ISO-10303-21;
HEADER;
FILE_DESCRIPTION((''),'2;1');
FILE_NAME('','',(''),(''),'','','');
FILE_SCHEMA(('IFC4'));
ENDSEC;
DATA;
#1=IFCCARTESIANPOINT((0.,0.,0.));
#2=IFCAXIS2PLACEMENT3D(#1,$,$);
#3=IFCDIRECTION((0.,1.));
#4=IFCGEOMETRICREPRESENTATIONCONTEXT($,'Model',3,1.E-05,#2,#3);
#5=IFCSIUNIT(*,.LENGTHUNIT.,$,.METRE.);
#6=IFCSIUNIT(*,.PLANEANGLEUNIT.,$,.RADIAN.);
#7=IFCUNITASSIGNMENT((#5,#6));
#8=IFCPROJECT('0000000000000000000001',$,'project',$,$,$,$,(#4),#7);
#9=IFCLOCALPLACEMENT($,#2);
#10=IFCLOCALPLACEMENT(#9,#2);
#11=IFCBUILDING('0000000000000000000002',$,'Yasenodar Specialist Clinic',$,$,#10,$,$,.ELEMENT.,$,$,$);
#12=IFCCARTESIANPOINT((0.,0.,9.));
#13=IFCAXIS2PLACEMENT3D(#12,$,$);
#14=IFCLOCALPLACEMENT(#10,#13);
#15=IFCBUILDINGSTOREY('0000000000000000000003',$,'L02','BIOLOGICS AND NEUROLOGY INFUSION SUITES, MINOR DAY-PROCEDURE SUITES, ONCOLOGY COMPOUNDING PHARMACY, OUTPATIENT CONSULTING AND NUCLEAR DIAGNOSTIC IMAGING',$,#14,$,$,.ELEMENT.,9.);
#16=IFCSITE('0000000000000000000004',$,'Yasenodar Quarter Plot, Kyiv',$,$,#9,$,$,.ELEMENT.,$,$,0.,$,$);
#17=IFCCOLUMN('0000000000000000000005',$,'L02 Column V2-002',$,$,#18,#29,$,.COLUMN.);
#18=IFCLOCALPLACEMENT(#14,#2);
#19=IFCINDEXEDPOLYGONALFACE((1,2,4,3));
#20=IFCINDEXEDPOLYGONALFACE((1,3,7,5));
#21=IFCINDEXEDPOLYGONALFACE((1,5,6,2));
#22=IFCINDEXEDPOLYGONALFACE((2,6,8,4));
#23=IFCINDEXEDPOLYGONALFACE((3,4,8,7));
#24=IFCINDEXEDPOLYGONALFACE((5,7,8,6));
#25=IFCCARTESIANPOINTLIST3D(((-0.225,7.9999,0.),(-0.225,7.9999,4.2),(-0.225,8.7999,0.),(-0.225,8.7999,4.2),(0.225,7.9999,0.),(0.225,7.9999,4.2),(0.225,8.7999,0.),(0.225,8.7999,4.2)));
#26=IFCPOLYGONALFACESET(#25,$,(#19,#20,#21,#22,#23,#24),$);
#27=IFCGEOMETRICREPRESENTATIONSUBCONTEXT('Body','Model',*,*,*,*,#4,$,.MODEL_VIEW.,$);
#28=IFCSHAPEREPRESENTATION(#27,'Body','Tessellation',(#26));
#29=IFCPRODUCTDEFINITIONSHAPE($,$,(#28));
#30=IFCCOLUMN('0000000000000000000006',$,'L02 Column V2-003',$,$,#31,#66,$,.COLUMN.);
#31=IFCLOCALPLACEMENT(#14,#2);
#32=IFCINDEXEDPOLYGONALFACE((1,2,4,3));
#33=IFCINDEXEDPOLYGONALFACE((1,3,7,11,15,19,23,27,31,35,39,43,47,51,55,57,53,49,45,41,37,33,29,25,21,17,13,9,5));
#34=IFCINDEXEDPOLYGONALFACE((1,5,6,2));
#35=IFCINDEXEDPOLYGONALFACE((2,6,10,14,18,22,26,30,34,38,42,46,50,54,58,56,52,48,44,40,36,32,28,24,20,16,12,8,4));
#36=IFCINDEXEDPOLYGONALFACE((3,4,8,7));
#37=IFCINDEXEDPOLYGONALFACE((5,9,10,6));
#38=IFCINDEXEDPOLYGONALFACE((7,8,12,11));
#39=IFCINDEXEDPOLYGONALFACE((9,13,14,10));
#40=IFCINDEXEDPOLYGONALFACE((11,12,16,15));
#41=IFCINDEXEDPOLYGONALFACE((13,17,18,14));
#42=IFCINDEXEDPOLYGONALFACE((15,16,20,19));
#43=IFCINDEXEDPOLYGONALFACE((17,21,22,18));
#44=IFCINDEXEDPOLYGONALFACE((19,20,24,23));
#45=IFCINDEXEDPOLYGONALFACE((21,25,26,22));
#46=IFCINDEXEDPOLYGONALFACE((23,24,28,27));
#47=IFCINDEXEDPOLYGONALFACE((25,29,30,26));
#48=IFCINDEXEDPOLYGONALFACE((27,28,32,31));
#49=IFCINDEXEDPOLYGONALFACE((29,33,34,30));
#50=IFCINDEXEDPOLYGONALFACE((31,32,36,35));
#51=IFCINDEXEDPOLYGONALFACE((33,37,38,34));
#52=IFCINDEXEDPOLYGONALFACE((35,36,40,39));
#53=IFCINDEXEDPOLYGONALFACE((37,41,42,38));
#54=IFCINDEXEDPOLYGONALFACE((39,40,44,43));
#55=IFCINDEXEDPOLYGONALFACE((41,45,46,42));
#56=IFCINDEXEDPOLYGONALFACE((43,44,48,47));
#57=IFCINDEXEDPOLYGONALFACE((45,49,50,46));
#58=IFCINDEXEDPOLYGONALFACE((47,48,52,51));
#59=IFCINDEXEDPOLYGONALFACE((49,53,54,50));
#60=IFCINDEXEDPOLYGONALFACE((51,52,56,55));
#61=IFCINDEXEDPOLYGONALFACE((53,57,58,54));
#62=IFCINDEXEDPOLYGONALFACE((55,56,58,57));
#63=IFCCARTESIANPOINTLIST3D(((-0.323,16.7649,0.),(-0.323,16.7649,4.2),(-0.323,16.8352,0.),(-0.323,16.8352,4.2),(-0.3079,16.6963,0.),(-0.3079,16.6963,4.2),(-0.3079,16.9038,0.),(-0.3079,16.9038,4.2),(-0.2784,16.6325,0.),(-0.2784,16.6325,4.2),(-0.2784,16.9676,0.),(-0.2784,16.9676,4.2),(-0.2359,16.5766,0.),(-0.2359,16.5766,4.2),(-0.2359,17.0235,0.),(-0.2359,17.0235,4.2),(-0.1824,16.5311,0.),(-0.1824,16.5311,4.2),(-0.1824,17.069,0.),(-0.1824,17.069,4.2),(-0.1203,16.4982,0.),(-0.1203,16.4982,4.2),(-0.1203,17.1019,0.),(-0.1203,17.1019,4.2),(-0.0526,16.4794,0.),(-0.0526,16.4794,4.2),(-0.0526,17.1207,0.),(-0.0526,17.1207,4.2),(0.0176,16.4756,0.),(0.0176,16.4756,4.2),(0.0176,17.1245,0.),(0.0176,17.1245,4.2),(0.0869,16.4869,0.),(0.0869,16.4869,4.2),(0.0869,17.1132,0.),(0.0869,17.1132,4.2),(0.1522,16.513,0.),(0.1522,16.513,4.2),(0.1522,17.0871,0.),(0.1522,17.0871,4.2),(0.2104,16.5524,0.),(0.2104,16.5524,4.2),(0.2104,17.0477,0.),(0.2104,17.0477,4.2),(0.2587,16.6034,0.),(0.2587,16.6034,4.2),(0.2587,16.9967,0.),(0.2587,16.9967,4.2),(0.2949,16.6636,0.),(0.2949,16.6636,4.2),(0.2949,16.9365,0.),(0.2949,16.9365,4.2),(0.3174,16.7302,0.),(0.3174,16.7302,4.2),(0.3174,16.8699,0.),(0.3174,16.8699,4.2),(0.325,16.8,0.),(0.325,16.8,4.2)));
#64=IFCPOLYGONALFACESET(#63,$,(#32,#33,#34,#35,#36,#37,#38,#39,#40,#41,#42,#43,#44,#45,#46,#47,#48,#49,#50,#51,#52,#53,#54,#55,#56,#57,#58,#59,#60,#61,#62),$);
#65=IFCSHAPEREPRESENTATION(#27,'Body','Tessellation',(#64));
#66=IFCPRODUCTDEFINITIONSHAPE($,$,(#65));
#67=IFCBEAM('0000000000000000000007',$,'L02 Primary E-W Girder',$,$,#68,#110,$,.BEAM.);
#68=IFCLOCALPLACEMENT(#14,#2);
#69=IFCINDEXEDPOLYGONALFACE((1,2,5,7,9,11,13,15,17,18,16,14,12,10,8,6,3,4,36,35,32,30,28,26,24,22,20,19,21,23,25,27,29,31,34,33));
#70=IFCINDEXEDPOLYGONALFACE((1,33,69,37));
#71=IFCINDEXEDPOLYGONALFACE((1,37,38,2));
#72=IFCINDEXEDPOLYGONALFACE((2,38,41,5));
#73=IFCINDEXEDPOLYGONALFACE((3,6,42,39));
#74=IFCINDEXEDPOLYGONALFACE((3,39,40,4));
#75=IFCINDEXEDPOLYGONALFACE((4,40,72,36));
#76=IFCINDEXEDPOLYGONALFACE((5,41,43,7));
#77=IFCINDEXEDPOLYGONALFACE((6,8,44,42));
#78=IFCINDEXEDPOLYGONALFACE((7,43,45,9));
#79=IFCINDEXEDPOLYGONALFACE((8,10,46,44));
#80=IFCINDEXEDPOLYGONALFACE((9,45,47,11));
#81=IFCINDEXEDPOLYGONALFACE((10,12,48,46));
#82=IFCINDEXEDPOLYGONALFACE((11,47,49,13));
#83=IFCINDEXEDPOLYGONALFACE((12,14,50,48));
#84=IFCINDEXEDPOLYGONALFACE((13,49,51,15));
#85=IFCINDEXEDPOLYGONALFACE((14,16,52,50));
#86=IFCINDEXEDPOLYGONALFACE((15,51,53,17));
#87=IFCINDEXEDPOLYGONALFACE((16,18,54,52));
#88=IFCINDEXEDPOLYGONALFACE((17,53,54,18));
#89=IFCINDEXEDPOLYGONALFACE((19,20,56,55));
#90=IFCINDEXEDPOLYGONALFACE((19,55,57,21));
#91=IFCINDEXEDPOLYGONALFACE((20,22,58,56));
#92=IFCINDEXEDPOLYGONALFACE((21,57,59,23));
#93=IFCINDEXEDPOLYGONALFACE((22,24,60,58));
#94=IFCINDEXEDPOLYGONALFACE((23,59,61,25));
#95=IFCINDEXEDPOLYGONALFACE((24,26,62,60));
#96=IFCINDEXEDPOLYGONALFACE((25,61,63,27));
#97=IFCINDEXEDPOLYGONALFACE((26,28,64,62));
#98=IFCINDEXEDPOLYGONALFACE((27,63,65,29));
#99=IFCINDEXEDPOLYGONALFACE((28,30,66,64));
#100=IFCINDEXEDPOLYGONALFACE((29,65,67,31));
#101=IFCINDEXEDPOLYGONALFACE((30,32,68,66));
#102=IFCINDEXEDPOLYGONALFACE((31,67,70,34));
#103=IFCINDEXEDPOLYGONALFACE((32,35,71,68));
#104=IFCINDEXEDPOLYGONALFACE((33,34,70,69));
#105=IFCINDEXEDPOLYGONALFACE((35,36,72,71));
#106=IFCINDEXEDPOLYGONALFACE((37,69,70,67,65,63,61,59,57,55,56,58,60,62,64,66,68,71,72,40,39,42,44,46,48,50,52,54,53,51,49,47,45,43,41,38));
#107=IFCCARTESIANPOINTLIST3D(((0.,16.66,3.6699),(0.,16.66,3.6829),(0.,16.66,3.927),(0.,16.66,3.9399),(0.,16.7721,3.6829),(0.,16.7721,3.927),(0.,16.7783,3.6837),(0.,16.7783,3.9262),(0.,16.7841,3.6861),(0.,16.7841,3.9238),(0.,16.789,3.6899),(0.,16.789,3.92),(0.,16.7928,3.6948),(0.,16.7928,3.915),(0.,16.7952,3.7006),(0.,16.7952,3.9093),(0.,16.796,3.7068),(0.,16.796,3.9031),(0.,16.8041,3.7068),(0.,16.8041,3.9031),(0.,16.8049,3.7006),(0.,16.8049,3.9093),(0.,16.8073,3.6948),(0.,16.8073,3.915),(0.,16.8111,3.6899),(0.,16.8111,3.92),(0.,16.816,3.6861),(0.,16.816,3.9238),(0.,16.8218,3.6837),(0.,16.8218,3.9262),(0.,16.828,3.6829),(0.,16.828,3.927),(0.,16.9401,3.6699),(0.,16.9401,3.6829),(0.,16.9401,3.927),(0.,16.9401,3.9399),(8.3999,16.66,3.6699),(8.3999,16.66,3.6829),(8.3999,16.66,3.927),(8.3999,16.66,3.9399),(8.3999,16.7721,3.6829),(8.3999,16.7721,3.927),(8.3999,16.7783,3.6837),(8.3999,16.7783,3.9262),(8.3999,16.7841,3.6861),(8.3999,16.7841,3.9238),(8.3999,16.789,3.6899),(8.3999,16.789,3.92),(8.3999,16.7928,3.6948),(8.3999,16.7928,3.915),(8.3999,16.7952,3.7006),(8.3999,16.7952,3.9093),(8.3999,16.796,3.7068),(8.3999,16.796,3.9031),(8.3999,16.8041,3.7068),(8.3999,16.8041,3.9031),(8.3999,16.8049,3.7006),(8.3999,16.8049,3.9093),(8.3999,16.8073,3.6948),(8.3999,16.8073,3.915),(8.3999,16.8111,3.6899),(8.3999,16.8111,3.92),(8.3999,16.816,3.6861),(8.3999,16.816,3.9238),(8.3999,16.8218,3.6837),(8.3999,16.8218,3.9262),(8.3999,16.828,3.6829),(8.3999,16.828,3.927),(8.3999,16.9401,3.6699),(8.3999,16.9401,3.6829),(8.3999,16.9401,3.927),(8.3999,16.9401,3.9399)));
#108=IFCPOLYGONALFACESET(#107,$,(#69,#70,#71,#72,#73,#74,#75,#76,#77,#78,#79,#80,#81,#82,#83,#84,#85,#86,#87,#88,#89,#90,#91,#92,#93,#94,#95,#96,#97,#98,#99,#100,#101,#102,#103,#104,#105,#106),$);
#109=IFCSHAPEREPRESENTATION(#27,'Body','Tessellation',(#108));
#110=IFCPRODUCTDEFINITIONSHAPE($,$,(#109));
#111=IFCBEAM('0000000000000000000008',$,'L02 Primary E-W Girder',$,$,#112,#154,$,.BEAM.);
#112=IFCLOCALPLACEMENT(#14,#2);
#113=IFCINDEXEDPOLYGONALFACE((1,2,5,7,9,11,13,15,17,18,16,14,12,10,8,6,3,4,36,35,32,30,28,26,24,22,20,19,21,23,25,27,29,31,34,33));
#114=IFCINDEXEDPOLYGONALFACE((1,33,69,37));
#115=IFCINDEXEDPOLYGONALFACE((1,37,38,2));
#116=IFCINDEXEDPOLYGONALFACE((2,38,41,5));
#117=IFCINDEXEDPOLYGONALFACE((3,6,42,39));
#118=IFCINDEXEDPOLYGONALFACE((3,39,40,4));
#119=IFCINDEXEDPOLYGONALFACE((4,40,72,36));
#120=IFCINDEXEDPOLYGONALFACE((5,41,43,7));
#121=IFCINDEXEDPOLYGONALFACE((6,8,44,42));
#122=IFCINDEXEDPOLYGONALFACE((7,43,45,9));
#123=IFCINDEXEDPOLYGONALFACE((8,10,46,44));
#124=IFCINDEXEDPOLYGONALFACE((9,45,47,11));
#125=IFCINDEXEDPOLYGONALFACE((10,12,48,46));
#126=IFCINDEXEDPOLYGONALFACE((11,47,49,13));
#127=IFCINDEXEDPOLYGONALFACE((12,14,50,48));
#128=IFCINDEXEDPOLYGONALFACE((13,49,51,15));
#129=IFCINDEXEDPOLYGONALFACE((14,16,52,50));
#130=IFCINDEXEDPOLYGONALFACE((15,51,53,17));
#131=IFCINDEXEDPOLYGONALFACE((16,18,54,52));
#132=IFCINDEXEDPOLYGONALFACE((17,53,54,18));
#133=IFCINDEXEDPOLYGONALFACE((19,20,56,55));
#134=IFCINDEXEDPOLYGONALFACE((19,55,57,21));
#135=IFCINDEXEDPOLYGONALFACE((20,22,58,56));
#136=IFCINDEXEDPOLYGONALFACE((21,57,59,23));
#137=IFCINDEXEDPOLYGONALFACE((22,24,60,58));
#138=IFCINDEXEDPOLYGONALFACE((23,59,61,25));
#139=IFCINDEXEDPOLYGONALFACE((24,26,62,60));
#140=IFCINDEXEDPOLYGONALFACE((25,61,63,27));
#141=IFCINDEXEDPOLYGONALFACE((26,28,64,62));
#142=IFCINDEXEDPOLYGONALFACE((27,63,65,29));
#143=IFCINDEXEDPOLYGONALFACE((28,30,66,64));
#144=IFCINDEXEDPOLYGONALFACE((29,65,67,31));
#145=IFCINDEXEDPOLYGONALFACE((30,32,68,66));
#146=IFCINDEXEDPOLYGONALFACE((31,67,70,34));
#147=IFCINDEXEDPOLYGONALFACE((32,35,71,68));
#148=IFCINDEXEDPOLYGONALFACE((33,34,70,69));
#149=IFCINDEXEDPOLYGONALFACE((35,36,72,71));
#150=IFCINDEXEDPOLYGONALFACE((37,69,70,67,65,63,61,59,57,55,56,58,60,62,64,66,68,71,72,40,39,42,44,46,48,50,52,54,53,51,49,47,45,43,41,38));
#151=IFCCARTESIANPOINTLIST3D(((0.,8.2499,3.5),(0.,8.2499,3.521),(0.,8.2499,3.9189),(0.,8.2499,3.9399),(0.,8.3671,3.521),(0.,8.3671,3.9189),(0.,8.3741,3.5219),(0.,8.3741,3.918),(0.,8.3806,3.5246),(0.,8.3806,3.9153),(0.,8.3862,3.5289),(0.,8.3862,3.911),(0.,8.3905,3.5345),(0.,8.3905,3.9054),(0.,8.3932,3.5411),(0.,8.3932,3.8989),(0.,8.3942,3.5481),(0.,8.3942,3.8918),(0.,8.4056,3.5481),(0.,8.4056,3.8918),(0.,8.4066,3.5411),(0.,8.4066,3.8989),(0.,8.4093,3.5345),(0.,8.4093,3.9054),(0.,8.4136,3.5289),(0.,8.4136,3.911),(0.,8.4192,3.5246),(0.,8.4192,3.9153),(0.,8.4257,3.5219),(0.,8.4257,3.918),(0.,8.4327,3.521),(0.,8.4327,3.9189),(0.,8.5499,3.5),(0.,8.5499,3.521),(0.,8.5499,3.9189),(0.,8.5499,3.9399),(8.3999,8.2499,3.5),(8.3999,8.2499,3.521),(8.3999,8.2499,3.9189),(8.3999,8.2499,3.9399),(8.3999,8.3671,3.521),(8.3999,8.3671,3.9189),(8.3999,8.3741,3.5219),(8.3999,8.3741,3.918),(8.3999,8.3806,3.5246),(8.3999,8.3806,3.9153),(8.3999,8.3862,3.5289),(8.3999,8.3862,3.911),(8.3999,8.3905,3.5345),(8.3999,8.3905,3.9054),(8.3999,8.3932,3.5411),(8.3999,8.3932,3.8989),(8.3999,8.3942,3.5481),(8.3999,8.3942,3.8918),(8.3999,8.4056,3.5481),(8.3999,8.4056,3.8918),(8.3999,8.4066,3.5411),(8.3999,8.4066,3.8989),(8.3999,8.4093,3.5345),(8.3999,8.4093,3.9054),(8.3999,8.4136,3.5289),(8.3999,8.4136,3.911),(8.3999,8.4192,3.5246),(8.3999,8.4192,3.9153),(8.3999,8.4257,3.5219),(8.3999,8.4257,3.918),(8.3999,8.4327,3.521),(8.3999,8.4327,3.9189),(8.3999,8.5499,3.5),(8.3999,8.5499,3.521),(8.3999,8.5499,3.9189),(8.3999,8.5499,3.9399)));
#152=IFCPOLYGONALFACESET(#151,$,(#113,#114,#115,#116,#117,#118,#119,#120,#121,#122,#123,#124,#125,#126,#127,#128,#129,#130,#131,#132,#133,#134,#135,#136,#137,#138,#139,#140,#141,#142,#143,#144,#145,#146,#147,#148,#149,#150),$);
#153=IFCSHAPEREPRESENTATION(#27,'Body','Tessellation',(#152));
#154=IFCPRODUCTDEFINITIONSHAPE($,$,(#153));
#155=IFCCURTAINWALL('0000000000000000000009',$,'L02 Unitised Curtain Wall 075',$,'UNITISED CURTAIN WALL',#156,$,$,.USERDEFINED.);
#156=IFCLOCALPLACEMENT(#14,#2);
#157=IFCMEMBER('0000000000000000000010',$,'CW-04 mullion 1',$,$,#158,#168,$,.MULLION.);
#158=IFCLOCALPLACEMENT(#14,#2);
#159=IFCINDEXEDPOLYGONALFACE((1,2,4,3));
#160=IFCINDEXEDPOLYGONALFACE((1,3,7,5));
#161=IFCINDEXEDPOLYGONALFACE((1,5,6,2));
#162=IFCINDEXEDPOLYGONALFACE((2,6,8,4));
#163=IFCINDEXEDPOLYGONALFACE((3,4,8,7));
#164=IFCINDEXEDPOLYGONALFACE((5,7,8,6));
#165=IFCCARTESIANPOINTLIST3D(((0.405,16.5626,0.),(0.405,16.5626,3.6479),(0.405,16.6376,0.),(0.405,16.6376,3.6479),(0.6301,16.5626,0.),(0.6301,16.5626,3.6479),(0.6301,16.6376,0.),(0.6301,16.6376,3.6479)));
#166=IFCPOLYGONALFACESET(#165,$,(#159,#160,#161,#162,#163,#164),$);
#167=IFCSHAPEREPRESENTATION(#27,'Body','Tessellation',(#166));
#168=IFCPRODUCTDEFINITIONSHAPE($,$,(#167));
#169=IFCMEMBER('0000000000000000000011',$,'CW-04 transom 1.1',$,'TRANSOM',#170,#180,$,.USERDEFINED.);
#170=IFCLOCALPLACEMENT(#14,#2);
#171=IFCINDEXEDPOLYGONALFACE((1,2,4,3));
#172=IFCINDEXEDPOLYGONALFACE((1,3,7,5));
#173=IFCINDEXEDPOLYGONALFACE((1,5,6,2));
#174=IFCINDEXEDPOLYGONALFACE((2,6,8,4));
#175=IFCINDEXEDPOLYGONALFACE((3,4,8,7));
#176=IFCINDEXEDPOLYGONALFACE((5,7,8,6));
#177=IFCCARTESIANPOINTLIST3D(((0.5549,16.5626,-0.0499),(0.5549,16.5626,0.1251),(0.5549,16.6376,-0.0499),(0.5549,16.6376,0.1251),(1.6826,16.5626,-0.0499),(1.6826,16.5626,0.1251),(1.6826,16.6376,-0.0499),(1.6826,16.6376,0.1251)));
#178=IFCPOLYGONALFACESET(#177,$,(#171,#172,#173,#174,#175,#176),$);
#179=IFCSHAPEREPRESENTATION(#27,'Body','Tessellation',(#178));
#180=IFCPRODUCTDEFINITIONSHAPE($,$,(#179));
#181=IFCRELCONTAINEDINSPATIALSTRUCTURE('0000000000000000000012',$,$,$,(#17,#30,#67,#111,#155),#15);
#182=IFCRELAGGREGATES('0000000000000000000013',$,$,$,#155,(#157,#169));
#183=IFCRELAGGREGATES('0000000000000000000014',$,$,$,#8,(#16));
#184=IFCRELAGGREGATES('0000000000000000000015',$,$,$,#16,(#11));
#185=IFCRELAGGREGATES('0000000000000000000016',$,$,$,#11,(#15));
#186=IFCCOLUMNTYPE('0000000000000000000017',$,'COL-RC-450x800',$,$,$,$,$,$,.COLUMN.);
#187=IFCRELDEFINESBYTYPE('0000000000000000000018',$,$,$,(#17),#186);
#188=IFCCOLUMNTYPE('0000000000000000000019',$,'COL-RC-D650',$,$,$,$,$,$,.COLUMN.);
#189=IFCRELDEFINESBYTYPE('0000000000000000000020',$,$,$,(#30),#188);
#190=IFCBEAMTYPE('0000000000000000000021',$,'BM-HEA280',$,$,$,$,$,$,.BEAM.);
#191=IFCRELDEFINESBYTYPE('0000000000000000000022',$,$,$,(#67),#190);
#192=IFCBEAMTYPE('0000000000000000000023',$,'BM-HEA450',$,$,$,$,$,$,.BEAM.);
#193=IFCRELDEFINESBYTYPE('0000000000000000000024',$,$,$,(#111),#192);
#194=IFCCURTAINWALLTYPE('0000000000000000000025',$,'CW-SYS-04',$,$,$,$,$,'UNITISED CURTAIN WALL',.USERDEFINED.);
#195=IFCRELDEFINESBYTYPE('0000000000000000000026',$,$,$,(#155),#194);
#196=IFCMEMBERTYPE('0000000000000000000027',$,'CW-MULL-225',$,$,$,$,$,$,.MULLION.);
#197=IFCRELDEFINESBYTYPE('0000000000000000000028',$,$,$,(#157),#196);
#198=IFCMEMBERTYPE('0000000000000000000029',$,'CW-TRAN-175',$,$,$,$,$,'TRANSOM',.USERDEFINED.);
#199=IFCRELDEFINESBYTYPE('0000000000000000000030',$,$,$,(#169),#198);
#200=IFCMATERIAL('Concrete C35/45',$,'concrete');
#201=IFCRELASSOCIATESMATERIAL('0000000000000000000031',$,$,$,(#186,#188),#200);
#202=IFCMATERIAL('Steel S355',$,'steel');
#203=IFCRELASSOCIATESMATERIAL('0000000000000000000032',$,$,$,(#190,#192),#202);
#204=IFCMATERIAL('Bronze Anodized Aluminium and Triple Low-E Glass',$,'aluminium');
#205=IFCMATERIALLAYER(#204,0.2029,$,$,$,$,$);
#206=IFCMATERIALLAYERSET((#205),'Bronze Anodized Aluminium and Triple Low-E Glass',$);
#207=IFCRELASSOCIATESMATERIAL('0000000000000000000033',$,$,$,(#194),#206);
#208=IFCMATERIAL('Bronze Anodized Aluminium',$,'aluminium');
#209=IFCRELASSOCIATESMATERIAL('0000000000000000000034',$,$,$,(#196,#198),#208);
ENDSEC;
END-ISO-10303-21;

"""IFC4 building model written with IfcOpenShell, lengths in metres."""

from ifc_helpers import new_model, si_unit, direction, frame, origin, origin_2d, place, context, subcontext, project, spatial, rectangle, circle, i_section, extrude, material, layer, layer_set, material_profile, profile_set, type_object, element, aggregate, save


model = new_model("IFC4")

# Units and contexts
model_context = context("Model", 3, precision=1e-05, world=origin(), true_north=direction((0.0, 1.0)))
body_context = subcontext(model_context, "Body", "Model", "MODEL_VIEW")
ifc_project = project(units=[si_unit("LENGTHUNIT", "METRE"), si_unit("PLANEANGLEUNIT", "RADIAN")], contexts=[model_context])

# Site, building, storey
site_placement = place(None, origin())
site = spatial("IfcSite", under=ifc_project, at=site_placement, Name="Yasenodar Quarter Plot, Kyiv", CompositionType="ELEMENT", RefElevation=0.0)
building_placement = place(site_placement, origin())
building = spatial("IfcBuilding", under=site, at=building_placement, Name="Yasenodar Specialist Clinic", CompositionType="ELEMENT")
storey_placement = place(building_placement, frame((0.0, 0.0, 9.0)))
storey = spatial("IfcBuildingStorey", under=building, at=storey_placement, Name="L02", Description="BIOLOGICS AND NEUROLOGY INFUSION SUITES, MINOR DAY-PROCEDURE SUITES, ONCOLOGY COMPOUNDING PHARMACY, OUTPATIENT CONSULTING AND NUCLEAR DIAGNOSTIC IMAGING", CompositionType="ELEMENT", Elevation=9.0)

# Columns
ifc_material_1 = material(Name="Concrete C35/45", Category="concrete")
ifc_material_profile_1 = material_profile(ifc_material_1, rectangle(XDim=0.45, YDim=0.8, at=origin_2d()), Name="RC 450x800")
ifc_profile_set_1 = profile_set([ifc_material_profile_1], Name="Concrete C35/45")
column_type_1 = type_object("IfcColumnType", Name="COL-RC-450x800", PredefinedType="COLUMN", material=ifc_profile_set_1)
column_1_placement = place(storey_placement, frame((0.0, 8.3999, 0.0), z_axis=(0.0, 0.0, 1.0), x_axis=(1.0, 0.0, 0.0)))
element("IfcColumn", 1, at=column_1_placement, inside=storey, type_object=column_type_1, Name="L02 Column V2-002", PredefinedType="COLUMN", context=body_context, shape_type="SweptSolid", body=[
    extrude(rectangle(XDim=0.45, YDim=0.8, at=origin_2d()), origin(), (0.0, 0.0, 1.0), 4.2),
])
ifc_material_profile_2 = material_profile(ifc_material_1, circle(Radius=0.325, at=origin_2d()), Name="RC D650")
ifc_profile_set_2 = profile_set([ifc_material_profile_2], Name="Concrete C35/45")
column_type_2 = type_object("IfcColumnType", Name="COL-RC-D650", PredefinedType="COLUMN", material=ifc_profile_set_2)
column_2_placement = place(storey_placement, frame((0.0, 16.8, 0.0), z_axis=(0.0, 0.0, 1.0), x_axis=(1.0, 0.0, 0.0)))
element("IfcColumn", 2, at=column_2_placement, inside=storey, type_object=column_type_2, Name="L02 Column V2-003", PredefinedType="COLUMN", context=body_context, shape_type="SweptSolid", body=[
    extrude(circle(Radius=0.325, at=origin_2d()), origin(), (0.0, 0.0, 1.0), 4.2),
])

# Beams
ifc_material_2 = material(Name="Steel S355", Category="steel")
ifc_material_profile_3 = material_profile(ifc_material_2, i_section(OverallWidth=0.28, OverallDepth=0.27, WebThickness=0.0081, FlangeThickness=0.0129, FilletRadius=0.0239, at=origin_2d()), Name="HEA 280")
ifc_profile_set_3 = profile_set([ifc_material_profile_3], Name="Steel S355")
beam_type_1 = type_object("IfcBeamType", Name="BM-HEA280", PredefinedType="BEAM", material=ifc_profile_set_3)
beam_1_placement = place(storey_placement, frame((0.0, 16.8, 3.8049), z_axis=(1.0, 0.0, 0.0), x_axis=(0.0, 1.0, 0.0)))
element("IfcBeam", 3, at=beam_1_placement, inside=storey, type_object=beam_type_1, Name="L02 Primary E-W Girder", PredefinedType="BEAM", context=body_context, shape_type="SweptSolid", body=[
    extrude(i_section(OverallWidth=0.28, OverallDepth=0.27, WebThickness=0.0081, FlangeThickness=0.0129, FilletRadius=0.0239, at=origin_2d()), origin(), (0.0, 0.0, 1.0), 8.3999),
])
ifc_material_profile_4 = material_profile(ifc_material_2, i_section(OverallWidth=0.3, OverallDepth=0.4399, WebThickness=0.0115, FlangeThickness=0.021, FilletRadius=0.0271, at=origin_2d()), Name="HEA 450")
ifc_profile_set_4 = profile_set([ifc_material_profile_4], Name="Steel S355")
beam_type_2 = type_object("IfcBeamType", Name="BM-HEA450", PredefinedType="BEAM", material=ifc_profile_set_4)
beam_2_placement = place(storey_placement, frame((0.0, 8.3999, 3.72), z_axis=(1.0, 0.0, 0.0), x_axis=(0.0, 1.0, 0.0)))
element("IfcBeam", 4, at=beam_2_placement, inside=storey, type_object=beam_type_2, Name="L02 Primary E-W Girder", PredefinedType="BEAM", context=body_context, shape_type="SweptSolid", body=[
    extrude(i_section(OverallWidth=0.3, OverallDepth=0.4399, WebThickness=0.0115, FlangeThickness=0.021, FilletRadius=0.0271, at=origin_2d()), origin(), (0.0, 0.0, 1.0), 8.3999),
])

# Curtain wall, members
ifc_material_3 = material(Name="Bronze Anodized Aluminium and Triple Low-E Glass", Category="aluminium")
ifc_layer_1 = layer(ifc_material_3, 0.2029)
ifc_layer_set_1 = layer_set([ifc_layer_1], Name="Bronze Anodized Aluminium and Triple Low-E Glass")
curtain_wall_type = type_object("IfcCurtainWallType", Name="CW-SYS-04", ElementType="UNITISED CURTAIN WALL", PredefinedType="USERDEFINED", material=ifc_layer_set_1)
curtain_wall_placement = place(storey_placement, origin())
curtain_wall = element("IfcCurtainWall", 5, at=curtain_wall_placement, inside=storey, type_object=curtain_wall_type, Name="L02 Unitised Curtain Wall 075", ObjectType="UNITISED CURTAIN WALL", PredefinedType="USERDEFINED")
ifc_material_4 = material(Name="Bronze Anodized Aluminium", Category="aluminium")
ifc_material_profile_5 = material_profile(ifc_material_4, rectangle(XDim=0.075, YDim=0.2251, at=origin_2d()), Name="CW-MULL 75x225")
ifc_profile_set_5 = profile_set([ifc_material_profile_5], Name="Bronze Anodized Aluminium")
member_type_1 = type_object("IfcMemberType", Name="CW-MULL-225", PredefinedType="MULLION", material=ifc_profile_set_5)
member_1_placement = place(storey_placement, frame((0.5176, 16.6001, 0.0), z_axis=(0.0, 0.0, 1.0), x_axis=(0.0, 1.0, 0.0)))
member_1 = element("IfcMember", 6, at=member_1_placement, type_object=member_type_1, Name="CW-04 mullion 1", PredefinedType="MULLION", context=body_context, shape_type="SweptSolid", body=[
    extrude(rectangle(XDim=0.075, YDim=0.2251, at=origin_2d()), origin(), (0.0, 0.0, 1.0), 3.6479),
])
ifc_material_profile_6 = material_profile(ifc_material_4, rectangle(XDim=0.075, YDim=0.175, at=origin_2d()), Name="CW-TRAN 75x175")
ifc_profile_set_6 = profile_set([ifc_material_profile_6], Name="Bronze Anodized Aluminium")
member_type_2 = type_object("IfcMemberType", Name="CW-TRAN-175", ElementType="TRANSOM", PredefinedType="USERDEFINED", material=ifc_profile_set_6)
member_2_placement = place(storey_placement, frame((0.5549, 16.6001, 0.0376), z_axis=(1.0, 0.0, 0.0), x_axis=(0.0, 1.0, 0.0)))
member_2 = element("IfcMember", 7, at=member_2_placement, type_object=member_type_2, Name="CW-04 transom 1.1", ObjectType="TRANSOM", PredefinedType="USERDEFINED", context=body_context, shape_type="SweptSolid", body=[
    extrude(rectangle(XDim=0.075, YDim=0.175, at=origin_2d()), origin(), (0.0, 0.0, 1.0), 1.1277),
])
aggregate(curtain_wall, [member_1, member_2])

save(model, "model.ifc")
